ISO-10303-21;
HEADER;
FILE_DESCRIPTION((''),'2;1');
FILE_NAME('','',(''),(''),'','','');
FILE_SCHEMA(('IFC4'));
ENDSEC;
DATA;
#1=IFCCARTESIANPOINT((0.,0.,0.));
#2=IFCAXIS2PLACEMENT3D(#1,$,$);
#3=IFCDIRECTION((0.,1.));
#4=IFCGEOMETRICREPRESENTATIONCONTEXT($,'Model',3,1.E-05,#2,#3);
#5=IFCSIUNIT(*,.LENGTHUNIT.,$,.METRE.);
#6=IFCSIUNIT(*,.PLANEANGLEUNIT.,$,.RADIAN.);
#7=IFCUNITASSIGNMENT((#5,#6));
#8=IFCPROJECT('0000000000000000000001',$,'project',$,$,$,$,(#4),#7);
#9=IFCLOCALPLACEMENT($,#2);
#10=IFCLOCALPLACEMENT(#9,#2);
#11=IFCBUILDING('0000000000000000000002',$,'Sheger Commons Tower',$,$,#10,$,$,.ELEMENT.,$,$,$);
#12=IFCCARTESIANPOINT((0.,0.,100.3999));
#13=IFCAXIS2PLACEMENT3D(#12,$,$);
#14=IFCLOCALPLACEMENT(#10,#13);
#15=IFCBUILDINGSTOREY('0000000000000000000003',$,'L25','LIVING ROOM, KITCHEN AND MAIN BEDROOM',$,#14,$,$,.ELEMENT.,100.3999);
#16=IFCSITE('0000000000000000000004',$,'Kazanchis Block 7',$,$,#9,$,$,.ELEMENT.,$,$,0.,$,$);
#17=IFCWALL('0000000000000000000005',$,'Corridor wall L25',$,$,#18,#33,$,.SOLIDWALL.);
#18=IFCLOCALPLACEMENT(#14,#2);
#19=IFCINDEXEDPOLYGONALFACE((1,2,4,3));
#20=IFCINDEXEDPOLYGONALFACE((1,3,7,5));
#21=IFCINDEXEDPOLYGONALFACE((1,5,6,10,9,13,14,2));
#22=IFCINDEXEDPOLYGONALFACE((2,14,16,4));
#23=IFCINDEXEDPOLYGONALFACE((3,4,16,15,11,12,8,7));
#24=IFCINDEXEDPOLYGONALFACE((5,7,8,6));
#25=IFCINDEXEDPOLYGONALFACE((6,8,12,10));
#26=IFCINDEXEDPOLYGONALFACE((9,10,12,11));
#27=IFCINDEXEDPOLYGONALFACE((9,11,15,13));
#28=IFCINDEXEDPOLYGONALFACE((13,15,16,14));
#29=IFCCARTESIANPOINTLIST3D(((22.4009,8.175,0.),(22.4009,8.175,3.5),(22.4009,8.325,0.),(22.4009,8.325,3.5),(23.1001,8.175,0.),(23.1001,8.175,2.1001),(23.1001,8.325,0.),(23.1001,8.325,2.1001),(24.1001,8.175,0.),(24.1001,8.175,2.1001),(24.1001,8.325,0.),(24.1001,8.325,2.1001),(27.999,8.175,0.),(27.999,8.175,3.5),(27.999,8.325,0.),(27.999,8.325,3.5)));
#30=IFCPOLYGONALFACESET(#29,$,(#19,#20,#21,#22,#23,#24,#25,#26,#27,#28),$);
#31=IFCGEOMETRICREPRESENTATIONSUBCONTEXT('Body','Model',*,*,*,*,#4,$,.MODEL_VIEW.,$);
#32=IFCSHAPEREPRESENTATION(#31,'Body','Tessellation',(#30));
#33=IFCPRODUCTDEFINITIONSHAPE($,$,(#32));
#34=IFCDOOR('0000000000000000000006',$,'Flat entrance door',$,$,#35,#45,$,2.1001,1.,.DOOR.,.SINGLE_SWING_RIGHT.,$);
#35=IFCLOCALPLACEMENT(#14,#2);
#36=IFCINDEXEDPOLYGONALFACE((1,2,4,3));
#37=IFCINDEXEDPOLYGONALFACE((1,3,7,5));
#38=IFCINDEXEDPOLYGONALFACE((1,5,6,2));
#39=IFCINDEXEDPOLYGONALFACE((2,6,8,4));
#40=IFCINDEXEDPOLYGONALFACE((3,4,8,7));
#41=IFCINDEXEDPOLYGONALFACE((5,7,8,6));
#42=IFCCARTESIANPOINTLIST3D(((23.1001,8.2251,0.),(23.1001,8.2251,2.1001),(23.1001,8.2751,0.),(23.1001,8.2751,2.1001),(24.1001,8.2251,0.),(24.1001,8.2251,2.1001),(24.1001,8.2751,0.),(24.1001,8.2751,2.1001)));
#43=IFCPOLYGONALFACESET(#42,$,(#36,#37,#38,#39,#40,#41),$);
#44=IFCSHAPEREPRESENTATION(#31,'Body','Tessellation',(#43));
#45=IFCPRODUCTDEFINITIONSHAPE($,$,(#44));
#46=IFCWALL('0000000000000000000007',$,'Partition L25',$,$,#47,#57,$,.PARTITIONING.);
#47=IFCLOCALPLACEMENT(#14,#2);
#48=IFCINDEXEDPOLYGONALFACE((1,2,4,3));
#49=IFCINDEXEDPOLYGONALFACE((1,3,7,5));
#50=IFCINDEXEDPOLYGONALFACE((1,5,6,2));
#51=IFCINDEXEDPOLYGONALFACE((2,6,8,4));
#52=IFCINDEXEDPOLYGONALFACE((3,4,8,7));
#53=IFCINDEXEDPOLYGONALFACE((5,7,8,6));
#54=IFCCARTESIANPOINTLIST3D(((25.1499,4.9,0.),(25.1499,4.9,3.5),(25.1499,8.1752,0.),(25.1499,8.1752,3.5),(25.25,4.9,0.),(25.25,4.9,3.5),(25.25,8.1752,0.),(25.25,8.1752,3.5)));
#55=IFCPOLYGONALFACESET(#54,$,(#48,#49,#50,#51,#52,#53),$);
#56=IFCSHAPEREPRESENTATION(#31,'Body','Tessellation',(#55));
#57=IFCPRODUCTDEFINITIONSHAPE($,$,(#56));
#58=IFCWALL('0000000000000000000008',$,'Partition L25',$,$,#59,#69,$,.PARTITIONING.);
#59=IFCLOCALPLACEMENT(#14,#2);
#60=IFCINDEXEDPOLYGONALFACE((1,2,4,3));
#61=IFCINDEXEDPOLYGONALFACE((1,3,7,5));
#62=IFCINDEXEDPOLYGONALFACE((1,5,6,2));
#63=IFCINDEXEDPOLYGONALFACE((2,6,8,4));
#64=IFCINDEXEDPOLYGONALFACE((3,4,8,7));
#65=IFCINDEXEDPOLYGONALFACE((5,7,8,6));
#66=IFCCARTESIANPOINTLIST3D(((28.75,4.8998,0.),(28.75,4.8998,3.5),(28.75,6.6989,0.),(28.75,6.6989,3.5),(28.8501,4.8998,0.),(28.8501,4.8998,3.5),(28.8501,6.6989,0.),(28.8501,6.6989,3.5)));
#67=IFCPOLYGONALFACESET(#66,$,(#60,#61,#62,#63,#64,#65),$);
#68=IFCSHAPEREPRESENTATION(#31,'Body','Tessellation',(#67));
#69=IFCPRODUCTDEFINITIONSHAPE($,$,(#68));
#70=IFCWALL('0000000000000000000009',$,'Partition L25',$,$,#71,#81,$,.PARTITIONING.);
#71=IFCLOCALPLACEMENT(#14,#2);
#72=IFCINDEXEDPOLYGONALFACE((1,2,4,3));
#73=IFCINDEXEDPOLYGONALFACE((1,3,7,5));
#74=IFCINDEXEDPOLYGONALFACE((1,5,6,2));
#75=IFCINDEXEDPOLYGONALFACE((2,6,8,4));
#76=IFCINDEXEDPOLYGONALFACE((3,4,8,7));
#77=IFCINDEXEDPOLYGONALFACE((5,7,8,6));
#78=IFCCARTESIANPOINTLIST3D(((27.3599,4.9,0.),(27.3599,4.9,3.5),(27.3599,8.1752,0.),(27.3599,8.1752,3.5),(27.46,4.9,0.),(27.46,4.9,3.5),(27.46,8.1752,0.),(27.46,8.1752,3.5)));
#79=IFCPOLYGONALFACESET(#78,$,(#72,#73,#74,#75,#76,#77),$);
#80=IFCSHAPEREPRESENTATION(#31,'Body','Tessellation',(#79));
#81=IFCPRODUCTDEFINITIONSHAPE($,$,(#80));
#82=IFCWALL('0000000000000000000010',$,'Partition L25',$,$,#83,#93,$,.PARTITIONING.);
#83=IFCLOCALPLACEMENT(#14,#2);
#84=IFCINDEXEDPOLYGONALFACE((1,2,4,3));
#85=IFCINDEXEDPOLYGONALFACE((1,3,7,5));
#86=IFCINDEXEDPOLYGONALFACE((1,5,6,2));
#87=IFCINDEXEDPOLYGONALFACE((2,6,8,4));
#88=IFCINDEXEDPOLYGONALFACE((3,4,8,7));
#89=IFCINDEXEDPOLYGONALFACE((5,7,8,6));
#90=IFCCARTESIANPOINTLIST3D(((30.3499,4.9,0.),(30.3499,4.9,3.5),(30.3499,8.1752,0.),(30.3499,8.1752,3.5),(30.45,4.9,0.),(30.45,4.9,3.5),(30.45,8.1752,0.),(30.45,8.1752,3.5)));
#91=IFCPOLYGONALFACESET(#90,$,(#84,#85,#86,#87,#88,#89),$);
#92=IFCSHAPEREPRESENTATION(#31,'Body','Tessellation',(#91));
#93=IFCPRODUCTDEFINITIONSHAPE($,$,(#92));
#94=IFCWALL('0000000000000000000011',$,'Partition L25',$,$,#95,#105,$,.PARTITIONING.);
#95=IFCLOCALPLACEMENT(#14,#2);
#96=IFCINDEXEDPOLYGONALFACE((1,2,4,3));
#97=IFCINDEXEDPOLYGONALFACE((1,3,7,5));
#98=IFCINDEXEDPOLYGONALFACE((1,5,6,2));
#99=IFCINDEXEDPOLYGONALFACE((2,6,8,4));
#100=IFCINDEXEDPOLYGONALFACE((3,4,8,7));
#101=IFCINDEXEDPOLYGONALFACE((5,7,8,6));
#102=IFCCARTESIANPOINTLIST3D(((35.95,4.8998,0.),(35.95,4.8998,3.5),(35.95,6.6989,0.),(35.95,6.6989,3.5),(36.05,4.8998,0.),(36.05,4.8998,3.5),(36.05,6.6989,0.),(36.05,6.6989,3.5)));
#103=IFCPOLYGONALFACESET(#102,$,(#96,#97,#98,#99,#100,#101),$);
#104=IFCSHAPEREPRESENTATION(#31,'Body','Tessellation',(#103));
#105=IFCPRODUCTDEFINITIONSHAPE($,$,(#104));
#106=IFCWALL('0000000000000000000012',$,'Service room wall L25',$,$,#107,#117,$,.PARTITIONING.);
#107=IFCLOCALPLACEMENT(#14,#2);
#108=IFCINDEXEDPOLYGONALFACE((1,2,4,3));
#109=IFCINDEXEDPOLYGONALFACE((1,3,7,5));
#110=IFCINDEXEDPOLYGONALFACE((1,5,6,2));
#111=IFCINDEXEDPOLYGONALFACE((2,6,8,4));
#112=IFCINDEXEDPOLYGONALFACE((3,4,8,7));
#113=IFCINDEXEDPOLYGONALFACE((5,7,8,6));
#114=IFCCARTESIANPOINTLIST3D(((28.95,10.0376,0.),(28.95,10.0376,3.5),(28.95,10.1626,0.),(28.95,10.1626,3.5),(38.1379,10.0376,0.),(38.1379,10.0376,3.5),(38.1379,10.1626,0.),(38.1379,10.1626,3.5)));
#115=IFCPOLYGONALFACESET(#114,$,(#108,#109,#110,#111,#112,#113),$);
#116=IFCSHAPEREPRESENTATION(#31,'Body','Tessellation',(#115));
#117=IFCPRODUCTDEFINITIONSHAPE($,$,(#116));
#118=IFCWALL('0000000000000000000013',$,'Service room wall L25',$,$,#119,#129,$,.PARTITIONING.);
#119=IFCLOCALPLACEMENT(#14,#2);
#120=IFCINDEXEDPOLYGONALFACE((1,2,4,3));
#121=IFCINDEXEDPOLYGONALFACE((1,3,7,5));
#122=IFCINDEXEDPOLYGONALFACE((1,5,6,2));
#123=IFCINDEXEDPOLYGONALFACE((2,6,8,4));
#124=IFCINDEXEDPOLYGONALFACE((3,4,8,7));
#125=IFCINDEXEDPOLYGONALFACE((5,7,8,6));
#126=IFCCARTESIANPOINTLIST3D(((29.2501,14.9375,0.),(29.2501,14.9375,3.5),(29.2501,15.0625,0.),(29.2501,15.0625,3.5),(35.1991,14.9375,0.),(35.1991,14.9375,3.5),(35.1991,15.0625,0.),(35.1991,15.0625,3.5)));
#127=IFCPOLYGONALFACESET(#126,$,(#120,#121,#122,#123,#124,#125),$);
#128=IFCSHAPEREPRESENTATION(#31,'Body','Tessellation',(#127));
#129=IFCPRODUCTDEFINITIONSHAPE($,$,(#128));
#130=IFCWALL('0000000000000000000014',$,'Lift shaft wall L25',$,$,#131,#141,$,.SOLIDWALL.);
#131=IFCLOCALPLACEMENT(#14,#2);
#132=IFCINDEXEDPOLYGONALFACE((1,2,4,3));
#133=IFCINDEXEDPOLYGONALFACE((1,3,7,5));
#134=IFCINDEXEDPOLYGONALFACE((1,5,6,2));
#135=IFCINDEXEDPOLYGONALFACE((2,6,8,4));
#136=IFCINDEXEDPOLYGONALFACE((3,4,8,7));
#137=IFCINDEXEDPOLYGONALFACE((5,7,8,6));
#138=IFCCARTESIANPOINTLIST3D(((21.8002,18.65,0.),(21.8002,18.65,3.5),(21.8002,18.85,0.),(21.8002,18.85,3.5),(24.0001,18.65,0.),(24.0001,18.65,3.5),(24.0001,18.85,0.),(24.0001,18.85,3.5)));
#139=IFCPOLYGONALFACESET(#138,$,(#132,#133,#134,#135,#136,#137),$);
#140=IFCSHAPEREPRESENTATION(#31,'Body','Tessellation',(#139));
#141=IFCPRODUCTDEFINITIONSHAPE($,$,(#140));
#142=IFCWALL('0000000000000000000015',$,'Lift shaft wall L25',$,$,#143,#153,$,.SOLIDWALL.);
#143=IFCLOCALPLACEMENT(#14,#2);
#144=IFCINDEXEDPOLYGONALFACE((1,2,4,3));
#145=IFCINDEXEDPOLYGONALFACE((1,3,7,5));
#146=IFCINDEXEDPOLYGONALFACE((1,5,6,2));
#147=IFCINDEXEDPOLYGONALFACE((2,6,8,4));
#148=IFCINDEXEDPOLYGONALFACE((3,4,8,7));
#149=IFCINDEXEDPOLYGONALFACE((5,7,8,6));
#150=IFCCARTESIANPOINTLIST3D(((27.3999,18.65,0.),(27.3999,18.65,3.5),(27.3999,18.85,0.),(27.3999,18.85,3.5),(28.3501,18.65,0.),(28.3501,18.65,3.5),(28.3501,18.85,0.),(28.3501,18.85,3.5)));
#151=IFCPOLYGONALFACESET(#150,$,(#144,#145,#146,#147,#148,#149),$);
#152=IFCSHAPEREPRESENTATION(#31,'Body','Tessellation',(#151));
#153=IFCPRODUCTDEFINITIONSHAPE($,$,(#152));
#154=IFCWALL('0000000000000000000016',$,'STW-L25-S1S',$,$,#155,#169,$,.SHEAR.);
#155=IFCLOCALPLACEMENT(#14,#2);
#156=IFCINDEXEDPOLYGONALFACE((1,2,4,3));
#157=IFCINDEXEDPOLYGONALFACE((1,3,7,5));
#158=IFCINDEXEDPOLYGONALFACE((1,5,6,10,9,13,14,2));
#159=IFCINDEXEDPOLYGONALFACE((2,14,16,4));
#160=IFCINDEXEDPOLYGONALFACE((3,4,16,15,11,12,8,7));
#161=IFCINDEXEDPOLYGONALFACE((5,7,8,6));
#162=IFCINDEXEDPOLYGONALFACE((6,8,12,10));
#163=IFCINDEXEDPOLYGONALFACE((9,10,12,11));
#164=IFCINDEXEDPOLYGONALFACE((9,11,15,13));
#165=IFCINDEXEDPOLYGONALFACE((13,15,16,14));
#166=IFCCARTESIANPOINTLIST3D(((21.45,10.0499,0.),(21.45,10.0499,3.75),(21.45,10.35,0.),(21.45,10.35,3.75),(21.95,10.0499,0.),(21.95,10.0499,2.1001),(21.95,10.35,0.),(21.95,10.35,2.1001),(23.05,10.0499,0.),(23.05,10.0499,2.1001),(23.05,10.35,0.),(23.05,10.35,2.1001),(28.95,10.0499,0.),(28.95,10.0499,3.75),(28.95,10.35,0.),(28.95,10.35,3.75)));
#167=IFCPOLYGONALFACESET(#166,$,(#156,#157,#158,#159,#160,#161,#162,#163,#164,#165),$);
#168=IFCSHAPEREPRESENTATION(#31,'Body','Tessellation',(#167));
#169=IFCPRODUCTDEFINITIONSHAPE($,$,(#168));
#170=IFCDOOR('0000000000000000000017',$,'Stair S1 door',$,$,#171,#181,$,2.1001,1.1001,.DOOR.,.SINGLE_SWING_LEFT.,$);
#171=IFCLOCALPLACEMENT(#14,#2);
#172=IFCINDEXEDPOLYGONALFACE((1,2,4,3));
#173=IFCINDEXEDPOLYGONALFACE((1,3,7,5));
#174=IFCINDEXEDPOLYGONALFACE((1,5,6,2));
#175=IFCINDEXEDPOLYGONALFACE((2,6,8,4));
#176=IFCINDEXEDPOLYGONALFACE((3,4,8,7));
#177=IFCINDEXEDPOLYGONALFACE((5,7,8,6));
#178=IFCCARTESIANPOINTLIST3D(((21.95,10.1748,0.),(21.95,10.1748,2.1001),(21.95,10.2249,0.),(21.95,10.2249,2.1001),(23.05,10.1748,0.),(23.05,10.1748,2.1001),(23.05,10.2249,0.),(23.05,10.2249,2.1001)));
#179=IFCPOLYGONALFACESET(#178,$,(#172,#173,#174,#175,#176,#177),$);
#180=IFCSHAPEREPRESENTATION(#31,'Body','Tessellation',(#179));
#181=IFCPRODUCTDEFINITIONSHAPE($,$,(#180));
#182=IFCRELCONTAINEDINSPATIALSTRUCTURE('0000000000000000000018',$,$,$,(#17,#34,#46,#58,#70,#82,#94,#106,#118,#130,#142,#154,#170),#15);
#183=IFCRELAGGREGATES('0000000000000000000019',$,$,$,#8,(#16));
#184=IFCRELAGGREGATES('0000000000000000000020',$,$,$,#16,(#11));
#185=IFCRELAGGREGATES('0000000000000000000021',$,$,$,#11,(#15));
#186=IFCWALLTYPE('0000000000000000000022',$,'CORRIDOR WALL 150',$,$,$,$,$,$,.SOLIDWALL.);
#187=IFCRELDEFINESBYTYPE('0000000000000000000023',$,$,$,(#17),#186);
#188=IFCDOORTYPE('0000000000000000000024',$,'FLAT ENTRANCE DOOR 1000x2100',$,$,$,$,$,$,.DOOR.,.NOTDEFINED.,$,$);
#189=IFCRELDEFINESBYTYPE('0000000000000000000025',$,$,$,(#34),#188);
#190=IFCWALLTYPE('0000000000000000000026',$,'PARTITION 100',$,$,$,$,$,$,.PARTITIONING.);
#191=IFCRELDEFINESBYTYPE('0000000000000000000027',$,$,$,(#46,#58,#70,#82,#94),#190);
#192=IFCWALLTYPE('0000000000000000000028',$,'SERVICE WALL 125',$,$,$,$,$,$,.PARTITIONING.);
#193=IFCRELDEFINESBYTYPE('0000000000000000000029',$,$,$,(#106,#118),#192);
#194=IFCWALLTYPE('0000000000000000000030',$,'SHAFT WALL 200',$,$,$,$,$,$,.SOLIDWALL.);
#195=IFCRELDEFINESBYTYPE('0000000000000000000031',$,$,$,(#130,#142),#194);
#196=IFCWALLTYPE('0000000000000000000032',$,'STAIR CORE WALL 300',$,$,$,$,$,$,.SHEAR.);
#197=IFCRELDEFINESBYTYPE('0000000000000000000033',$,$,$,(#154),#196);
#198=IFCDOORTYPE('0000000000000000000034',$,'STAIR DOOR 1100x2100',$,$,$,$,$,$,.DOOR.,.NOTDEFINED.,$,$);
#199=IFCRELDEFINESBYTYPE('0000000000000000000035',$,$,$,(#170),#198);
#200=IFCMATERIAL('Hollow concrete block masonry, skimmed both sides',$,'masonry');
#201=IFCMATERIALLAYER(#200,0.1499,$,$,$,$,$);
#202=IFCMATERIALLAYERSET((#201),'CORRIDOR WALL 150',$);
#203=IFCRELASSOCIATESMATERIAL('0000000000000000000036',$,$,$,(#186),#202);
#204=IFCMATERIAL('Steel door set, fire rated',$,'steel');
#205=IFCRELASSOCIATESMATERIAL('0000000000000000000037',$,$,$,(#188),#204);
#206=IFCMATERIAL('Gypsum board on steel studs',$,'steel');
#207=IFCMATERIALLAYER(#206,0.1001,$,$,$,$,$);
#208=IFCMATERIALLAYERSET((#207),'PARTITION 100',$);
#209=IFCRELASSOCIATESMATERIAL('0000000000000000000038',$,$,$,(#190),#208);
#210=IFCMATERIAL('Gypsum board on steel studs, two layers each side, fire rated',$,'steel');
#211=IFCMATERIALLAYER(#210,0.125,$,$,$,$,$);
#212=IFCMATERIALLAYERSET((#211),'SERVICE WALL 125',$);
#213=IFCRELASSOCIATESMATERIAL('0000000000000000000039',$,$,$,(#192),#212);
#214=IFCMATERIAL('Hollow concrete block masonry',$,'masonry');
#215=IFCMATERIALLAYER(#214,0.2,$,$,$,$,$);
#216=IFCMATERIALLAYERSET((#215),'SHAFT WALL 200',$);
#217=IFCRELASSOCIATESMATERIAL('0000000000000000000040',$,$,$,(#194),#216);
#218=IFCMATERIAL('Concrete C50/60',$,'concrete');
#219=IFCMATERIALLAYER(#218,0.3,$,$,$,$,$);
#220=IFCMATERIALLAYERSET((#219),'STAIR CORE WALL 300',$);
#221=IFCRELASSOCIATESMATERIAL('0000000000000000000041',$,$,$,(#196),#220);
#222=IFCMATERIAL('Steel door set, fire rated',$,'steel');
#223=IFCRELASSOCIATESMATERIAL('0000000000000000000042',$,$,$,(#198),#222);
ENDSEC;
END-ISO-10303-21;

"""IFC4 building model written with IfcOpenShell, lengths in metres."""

from ifc_helpers import new_model, si_unit, direction, frame, frame_2d, origin, place, context, subcontext, project, spatial, rectangle, extrude, material, layer, layer_set, type_object, element, fill, save


model = new_model("IFC4")

# Units and contexts
model_context = context("Model", 3, precision=1e-05, world=origin(), true_north=direction((0.0, 1.0)))
body_context = subcontext(model_context, "Body", "Model", "MODEL_VIEW")
ifc_project = project(units=[si_unit("LENGTHUNIT", "METRE"), si_unit("PLANEANGLEUNIT", "RADIAN")], contexts=[model_context])

# Site, building, storey
site_placement = place(None, origin())
site = spatial("IfcSite", under=ifc_project, at=site_placement, Name="Kazanchis Block 7", CompositionType="ELEMENT", RefElevation=0.0)
building_placement = place(site_placement, origin())
building = spatial("IfcBuilding", under=site, at=building_placement, Name="Sheger Commons Tower", CompositionType="ELEMENT")
storey_placement = place(building_placement, frame((0.0, 0.0, 100.3999)))
storey = spatial("IfcBuildingStorey", under=building, at=storey_placement, Name="L25", Description="LIVING ROOM, KITCHEN AND MAIN BEDROOM", CompositionType="ELEMENT", Elevation=100.3999)

# Wall, opening, door
ifc_material_1 = material(Name="Hollow concrete block masonry, skimmed both sides", Category="masonry")
ifc_layer_1 = layer(ifc_material_1, 0.1499)
ifc_layer_set_1 = layer_set([ifc_layer_1], Name="CORRIDOR WALL 150")
wall_type_1 = type_object("IfcWallType", Name="CORRIDOR WALL 150", PredefinedType="SOLIDWALL", material=ifc_layer_set_1)
ifc_material_2 = material(Name="Steel door set, fire rated", Category="steel")
door_type_1 = type_object("IfcDoorType", Name="FLAT ENTRANCE DOOR 1000x2100", OperationType="NOTDEFINED", PredefinedType="DOOR", material=ifc_material_2)
wall_1_placement = place(storey_placement, frame((27.999, 8.25, 0.0), z_axis=(0.0, 0.0, 1.0), x_axis=(-1.0, 0.0, 0.0)))
wall_1 = element("IfcWall", 1, at=wall_1_placement, inside=storey, type_object=wall_type_1, Name="Corridor wall L25", PredefinedType="SOLIDWALL", context=body_context, shape_type="SweptSolid", body=[
    extrude(rectangle(XDim=5.5981, YDim=0.1499, at=frame_2d((2.7991, 0.0))), origin(), (0.0, 0.0, 1.0), 3.5),
])
opening_1_placement = place(wall_1_placement, frame((3.8989, 0.0, 0.0)))
opening_1 = element("IfcOpeningElement", 2, at=opening_1_placement, cuts=wall_1, PredefinedType="OPENING", context=body_context, shape_type="SweptSolid", body=[
    extrude(rectangle(XDim=1.0, YDim=2.1001, at=frame_2d((0.5, 1.05))), frame((0.0, 0.085, 0.0), z_axis=(0.0, -1.0, 0.0), x_axis=(1.0, 0.0, 0.0)), (0.0, 0.0, 1.0), 0.1699),
])
door_1_placement = place(opening_1_placement, origin())
door_1 = element("IfcDoor", 3, at=door_1_placement, inside=storey, type_object=door_type_1, Name="Flat entrance door", OperationType="SINGLE_SWING_RIGHT", OverallHeight=2.1001, OverallWidth=1.0, PredefinedType="DOOR", context=body_context, shape_type="SweptSolid", body=[
    extrude(rectangle(XDim=1.0, YDim=2.1001, at=frame_2d((0.5, 1.05))), frame((0.0, 0.0249, 0.0), z_axis=(0.0, -1.0, 0.0), x_axis=(1.0, 0.0, 0.0)), (0.0, 0.0, 1.0), 0.05),
])
fill(opening_1, door_1)

# Walls
ifc_material_3 = material(Name="Gypsum board on steel studs", Category="steel")
ifc_layer_2 = layer(ifc_material_3, 0.1001)
ifc_layer_set_2 = layer_set([ifc_layer_2], Name="PARTITION 100")
wall_type_2 = type_object("IfcWallType", Name="PARTITION 100", PredefinedType="PARTITIONING", material=ifc_layer_set_2)
wall_2_placement = place(storey_placement, frame((25.2, 4.8999, 0.0), z_axis=(0.0, 0.0, 1.0), x_axis=(0.0, 1.0, 0.0)))
element("IfcWall", 4, at=wall_2_placement, inside=storey, type_object=wall_type_2, Name="Partition L25", PredefinedType="PARTITIONING", context=body_context, shape_type="SweptSolid", body=[
    extrude(rectangle(XDim=3.2751, YDim=0.1001, at=frame_2d((1.6377, 0.0))), origin(), (0.0, 0.0, 1.0), 3.5),
])
wall_3_placement = place(storey_placement, frame((28.8, 4.8999, 0.0), z_axis=(0.0, 0.0, 1.0), x_axis=(0.0, 1.0, 0.0)))
element("IfcWall", 5, at=wall_3_placement, inside=storey, type_object=wall_type_2, Name="Partition L25", PredefinedType="PARTITIONING", context=body_context, shape_type="SweptSolid", body=[
    extrude(rectangle(XDim=1.7991, YDim=0.1001, at=frame_2d((0.8994, 0.0))), origin(), (0.0, 0.0, 1.0), 3.5),
])
for number, where, z_axis, x_axis, name in (
    (6, (27.4099, 4.8999, 0.0), (0.0, 0.0, 1.0), (0.0, 1.0, 0.0), "Partition L25"),
    (7, (30.3999, 4.8999, 0.0), (0.0, 0.0, 1.0), (0.0, 1.0, 0.0), "Partition L25"),
):
    element("IfcWall", number, at=place(storey_placement, frame(where, z_axis=z_axis, x_axis=x_axis)), inside=storey, type_object=wall_type_2, Name=name, PredefinedType="PARTITIONING", context=body_context, shape_type="SweptSolid", body=[
        extrude(rectangle(XDim=3.2751, YDim=0.1001, at=frame_2d((1.6377, 0.0))), origin(), (0.0, 0.0, 1.0), 3.5),
    ])
wall_4_placement = place(storey_placement, frame((36.0, 4.8999, 0.0), z_axis=(0.0, 0.0, 1.0), x_axis=(0.0, 1.0, 0.0)))
element("IfcWall", 8, at=wall_4_placement, inside=storey, type_object=wall_type_2, Name="Partition L25", PredefinedType="PARTITIONING", context=body_context, shape_type="SweptSolid", body=[
    extrude(rectangle(XDim=1.7991, YDim=0.1001, at=frame_2d((0.8994, 0.0))), origin(), (0.0, 0.0, 1.0), 3.5),
])
ifc_material_4 = material(Name="Gypsum board on steel studs, two layers each side, fire rated", Category="steel")
ifc_layer_3 = layer(ifc_material_4, 0.125)
ifc_layer_set_3 = layer_set([ifc_layer_3], Name="SERVICE WALL 125")
wall_type_3 = type_object("IfcWallType", Name="SERVICE WALL 125", PredefinedType="PARTITIONING", material=ifc_layer_set_3)
wall_5_placement = place(storey_placement, frame((28.95, 10.1001, 0.0), z_axis=(0.0, 0.0, 1.0), x_axis=(1.0, 0.0, 0.0)))
element("IfcWall", 9, at=wall_5_placement, inside=storey, type_object=wall_type_3, Name="Service room wall L25", PredefinedType="PARTITIONING", context=body_context, shape_type="SweptSolid", body=[
    extrude(rectangle(XDim=9.188, YDim=0.125, at=frame_2d((4.594, 0.0))), origin(), (0.0, 0.0, 1.0), 3.5),
])
wall_6_placement = place(storey_placement, frame((29.25, 15.0, 0.0), z_axis=(0.0, 0.0, 1.0), x_axis=(1.0, 0.0, 0.0)))
element("IfcWall", 10, at=wall_6_placement, inside=storey, type_object=wall_type_3, Name="Service room wall L25", PredefinedType="PARTITIONING", context=body_context, shape_type="SweptSolid", body=[
    extrude(rectangle(XDim=5.949, YDim=0.125, at=frame_2d((2.9746, 0.0))), origin(), (0.0, 0.0, 1.0), 3.5),
])
ifc_material_5 = material(Name="Hollow concrete block masonry", Category="masonry")
ifc_layer_4 = layer(ifc_material_5, 0.2)
ifc_layer_set_4 = layer_set([ifc_layer_4], Name="SHAFT WALL 200")
wall_type_4 = type_object("IfcWallType", Name="SHAFT WALL 200", PredefinedType="SOLIDWALL", material=ifc_layer_set_4)
wall_7_placement = place(storey_placement, frame((21.8, 18.75, 0.0), z_axis=(0.0, 0.0, 1.0), x_axis=(1.0, 0.0, 0.0)))
element("IfcWall", 11, at=wall_7_placement, inside=storey, type_object=wall_type_4, Name="Lift shaft wall L25", PredefinedType="SOLIDWALL", context=body_context, shape_type="SweptSolid", body=[
    extrude(rectangle(XDim=2.2, YDim=0.2, at=frame_2d((1.1001, 0.0))), origin(), (0.0, 0.0, 1.0), 3.5),
])
wall_8_placement = place(storey_placement, frame((27.3999, 18.75, 0.0), z_axis=(0.0, 0.0, 1.0), x_axis=(1.0, 0.0, 0.0)))
element("IfcWall", 12, at=wall_8_placement, inside=storey, type_object=wall_type_4, Name="Lift shaft wall L25", PredefinedType="SOLIDWALL", context=body_context, shape_type="SweptSolid", body=[
    extrude(rectangle(XDim=0.9502, YDim=0.2, at=frame_2d((0.4751, 0.0))), origin(), (0.0, 0.0, 1.0), 3.5),
])

# Wall, opening, door
ifc_material_6 = material(Name="Concrete C50/60", Category="concrete")
ifc_layer_5 = layer(ifc_material_6, 0.3)
ifc_layer_set_5 = layer_set([ifc_layer_5], Name="STAIR CORE WALL 300")
wall_type_5 = type_object("IfcWallType", Name="STAIR CORE WALL 300", PredefinedType="SHEAR", material=ifc_layer_set_5)
wall_9_placement = place(storey_placement, frame((21.45, 10.2, 0.0), z_axis=(0.0, 0.0, 1.0), x_axis=(1.0, 0.0, 0.0)))
wall_9 = element("IfcWall", 13, at=wall_9_placement, inside=storey, type_object=wall_type_5, Name="STW-L25-S1S", PredefinedType="SHEAR", context=body_context, shape_type="SweptSolid", body=[
    extrude(rectangle(XDim=7.5, YDim=0.3, at=frame_2d((3.75, 0.0))), origin(), (0.0, 0.0, 1.0), 3.75),
])
opening_2_placement = place(wall_9_placement, frame((0.5, 0.0, 0.0)))
opening_2 = element("IfcOpeningElement", 14, at=opening_2_placement, cuts=wall_9, PredefinedType="OPENING", context=body_context, shape_type="SweptSolid", body=[
    extrude(rectangle(XDim=1.1001, YDim=2.1001, at=frame_2d((0.55, 1.05))), frame((0.0, 0.1599, 0.0), z_axis=(0.0, -1.0, 0.0), x_axis=(1.0, 0.0, 0.0)), (0.0, 0.0, 1.0), 0.3201),
])
ifc_material_7 = material(Name="Steel door set, fire rated", Category="steel")
door_type_2 = type_object("IfcDoorType", Name="STAIR DOOR 1100x2100", OperationType="NOTDEFINED", PredefinedType="DOOR", material=ifc_material_7)
door_2_placement = place(opening_2_placement, origin())
door_2 = element("IfcDoor", 15, at=door_2_placement, inside=storey, type_object=door_type_2, Name="Stair S1 door", OperationType="SINGLE_SWING_LEFT", OverallHeight=2.1001, OverallWidth=1.1001, PredefinedType="DOOR", context=body_context, shape_type="SweptSolid", body=[
    extrude(rectangle(XDim=1.1001, YDim=2.1001, at=frame_2d((0.55, 1.05))), frame((0.0, 0.0249, 0.0), z_axis=(0.0, -1.0, 0.0), x_axis=(1.0, 0.0, 0.0)), (0.0, 0.0, 1.0), 0.05),
])
fill(opening_2, door_2)

save(model, "model.ifc")
